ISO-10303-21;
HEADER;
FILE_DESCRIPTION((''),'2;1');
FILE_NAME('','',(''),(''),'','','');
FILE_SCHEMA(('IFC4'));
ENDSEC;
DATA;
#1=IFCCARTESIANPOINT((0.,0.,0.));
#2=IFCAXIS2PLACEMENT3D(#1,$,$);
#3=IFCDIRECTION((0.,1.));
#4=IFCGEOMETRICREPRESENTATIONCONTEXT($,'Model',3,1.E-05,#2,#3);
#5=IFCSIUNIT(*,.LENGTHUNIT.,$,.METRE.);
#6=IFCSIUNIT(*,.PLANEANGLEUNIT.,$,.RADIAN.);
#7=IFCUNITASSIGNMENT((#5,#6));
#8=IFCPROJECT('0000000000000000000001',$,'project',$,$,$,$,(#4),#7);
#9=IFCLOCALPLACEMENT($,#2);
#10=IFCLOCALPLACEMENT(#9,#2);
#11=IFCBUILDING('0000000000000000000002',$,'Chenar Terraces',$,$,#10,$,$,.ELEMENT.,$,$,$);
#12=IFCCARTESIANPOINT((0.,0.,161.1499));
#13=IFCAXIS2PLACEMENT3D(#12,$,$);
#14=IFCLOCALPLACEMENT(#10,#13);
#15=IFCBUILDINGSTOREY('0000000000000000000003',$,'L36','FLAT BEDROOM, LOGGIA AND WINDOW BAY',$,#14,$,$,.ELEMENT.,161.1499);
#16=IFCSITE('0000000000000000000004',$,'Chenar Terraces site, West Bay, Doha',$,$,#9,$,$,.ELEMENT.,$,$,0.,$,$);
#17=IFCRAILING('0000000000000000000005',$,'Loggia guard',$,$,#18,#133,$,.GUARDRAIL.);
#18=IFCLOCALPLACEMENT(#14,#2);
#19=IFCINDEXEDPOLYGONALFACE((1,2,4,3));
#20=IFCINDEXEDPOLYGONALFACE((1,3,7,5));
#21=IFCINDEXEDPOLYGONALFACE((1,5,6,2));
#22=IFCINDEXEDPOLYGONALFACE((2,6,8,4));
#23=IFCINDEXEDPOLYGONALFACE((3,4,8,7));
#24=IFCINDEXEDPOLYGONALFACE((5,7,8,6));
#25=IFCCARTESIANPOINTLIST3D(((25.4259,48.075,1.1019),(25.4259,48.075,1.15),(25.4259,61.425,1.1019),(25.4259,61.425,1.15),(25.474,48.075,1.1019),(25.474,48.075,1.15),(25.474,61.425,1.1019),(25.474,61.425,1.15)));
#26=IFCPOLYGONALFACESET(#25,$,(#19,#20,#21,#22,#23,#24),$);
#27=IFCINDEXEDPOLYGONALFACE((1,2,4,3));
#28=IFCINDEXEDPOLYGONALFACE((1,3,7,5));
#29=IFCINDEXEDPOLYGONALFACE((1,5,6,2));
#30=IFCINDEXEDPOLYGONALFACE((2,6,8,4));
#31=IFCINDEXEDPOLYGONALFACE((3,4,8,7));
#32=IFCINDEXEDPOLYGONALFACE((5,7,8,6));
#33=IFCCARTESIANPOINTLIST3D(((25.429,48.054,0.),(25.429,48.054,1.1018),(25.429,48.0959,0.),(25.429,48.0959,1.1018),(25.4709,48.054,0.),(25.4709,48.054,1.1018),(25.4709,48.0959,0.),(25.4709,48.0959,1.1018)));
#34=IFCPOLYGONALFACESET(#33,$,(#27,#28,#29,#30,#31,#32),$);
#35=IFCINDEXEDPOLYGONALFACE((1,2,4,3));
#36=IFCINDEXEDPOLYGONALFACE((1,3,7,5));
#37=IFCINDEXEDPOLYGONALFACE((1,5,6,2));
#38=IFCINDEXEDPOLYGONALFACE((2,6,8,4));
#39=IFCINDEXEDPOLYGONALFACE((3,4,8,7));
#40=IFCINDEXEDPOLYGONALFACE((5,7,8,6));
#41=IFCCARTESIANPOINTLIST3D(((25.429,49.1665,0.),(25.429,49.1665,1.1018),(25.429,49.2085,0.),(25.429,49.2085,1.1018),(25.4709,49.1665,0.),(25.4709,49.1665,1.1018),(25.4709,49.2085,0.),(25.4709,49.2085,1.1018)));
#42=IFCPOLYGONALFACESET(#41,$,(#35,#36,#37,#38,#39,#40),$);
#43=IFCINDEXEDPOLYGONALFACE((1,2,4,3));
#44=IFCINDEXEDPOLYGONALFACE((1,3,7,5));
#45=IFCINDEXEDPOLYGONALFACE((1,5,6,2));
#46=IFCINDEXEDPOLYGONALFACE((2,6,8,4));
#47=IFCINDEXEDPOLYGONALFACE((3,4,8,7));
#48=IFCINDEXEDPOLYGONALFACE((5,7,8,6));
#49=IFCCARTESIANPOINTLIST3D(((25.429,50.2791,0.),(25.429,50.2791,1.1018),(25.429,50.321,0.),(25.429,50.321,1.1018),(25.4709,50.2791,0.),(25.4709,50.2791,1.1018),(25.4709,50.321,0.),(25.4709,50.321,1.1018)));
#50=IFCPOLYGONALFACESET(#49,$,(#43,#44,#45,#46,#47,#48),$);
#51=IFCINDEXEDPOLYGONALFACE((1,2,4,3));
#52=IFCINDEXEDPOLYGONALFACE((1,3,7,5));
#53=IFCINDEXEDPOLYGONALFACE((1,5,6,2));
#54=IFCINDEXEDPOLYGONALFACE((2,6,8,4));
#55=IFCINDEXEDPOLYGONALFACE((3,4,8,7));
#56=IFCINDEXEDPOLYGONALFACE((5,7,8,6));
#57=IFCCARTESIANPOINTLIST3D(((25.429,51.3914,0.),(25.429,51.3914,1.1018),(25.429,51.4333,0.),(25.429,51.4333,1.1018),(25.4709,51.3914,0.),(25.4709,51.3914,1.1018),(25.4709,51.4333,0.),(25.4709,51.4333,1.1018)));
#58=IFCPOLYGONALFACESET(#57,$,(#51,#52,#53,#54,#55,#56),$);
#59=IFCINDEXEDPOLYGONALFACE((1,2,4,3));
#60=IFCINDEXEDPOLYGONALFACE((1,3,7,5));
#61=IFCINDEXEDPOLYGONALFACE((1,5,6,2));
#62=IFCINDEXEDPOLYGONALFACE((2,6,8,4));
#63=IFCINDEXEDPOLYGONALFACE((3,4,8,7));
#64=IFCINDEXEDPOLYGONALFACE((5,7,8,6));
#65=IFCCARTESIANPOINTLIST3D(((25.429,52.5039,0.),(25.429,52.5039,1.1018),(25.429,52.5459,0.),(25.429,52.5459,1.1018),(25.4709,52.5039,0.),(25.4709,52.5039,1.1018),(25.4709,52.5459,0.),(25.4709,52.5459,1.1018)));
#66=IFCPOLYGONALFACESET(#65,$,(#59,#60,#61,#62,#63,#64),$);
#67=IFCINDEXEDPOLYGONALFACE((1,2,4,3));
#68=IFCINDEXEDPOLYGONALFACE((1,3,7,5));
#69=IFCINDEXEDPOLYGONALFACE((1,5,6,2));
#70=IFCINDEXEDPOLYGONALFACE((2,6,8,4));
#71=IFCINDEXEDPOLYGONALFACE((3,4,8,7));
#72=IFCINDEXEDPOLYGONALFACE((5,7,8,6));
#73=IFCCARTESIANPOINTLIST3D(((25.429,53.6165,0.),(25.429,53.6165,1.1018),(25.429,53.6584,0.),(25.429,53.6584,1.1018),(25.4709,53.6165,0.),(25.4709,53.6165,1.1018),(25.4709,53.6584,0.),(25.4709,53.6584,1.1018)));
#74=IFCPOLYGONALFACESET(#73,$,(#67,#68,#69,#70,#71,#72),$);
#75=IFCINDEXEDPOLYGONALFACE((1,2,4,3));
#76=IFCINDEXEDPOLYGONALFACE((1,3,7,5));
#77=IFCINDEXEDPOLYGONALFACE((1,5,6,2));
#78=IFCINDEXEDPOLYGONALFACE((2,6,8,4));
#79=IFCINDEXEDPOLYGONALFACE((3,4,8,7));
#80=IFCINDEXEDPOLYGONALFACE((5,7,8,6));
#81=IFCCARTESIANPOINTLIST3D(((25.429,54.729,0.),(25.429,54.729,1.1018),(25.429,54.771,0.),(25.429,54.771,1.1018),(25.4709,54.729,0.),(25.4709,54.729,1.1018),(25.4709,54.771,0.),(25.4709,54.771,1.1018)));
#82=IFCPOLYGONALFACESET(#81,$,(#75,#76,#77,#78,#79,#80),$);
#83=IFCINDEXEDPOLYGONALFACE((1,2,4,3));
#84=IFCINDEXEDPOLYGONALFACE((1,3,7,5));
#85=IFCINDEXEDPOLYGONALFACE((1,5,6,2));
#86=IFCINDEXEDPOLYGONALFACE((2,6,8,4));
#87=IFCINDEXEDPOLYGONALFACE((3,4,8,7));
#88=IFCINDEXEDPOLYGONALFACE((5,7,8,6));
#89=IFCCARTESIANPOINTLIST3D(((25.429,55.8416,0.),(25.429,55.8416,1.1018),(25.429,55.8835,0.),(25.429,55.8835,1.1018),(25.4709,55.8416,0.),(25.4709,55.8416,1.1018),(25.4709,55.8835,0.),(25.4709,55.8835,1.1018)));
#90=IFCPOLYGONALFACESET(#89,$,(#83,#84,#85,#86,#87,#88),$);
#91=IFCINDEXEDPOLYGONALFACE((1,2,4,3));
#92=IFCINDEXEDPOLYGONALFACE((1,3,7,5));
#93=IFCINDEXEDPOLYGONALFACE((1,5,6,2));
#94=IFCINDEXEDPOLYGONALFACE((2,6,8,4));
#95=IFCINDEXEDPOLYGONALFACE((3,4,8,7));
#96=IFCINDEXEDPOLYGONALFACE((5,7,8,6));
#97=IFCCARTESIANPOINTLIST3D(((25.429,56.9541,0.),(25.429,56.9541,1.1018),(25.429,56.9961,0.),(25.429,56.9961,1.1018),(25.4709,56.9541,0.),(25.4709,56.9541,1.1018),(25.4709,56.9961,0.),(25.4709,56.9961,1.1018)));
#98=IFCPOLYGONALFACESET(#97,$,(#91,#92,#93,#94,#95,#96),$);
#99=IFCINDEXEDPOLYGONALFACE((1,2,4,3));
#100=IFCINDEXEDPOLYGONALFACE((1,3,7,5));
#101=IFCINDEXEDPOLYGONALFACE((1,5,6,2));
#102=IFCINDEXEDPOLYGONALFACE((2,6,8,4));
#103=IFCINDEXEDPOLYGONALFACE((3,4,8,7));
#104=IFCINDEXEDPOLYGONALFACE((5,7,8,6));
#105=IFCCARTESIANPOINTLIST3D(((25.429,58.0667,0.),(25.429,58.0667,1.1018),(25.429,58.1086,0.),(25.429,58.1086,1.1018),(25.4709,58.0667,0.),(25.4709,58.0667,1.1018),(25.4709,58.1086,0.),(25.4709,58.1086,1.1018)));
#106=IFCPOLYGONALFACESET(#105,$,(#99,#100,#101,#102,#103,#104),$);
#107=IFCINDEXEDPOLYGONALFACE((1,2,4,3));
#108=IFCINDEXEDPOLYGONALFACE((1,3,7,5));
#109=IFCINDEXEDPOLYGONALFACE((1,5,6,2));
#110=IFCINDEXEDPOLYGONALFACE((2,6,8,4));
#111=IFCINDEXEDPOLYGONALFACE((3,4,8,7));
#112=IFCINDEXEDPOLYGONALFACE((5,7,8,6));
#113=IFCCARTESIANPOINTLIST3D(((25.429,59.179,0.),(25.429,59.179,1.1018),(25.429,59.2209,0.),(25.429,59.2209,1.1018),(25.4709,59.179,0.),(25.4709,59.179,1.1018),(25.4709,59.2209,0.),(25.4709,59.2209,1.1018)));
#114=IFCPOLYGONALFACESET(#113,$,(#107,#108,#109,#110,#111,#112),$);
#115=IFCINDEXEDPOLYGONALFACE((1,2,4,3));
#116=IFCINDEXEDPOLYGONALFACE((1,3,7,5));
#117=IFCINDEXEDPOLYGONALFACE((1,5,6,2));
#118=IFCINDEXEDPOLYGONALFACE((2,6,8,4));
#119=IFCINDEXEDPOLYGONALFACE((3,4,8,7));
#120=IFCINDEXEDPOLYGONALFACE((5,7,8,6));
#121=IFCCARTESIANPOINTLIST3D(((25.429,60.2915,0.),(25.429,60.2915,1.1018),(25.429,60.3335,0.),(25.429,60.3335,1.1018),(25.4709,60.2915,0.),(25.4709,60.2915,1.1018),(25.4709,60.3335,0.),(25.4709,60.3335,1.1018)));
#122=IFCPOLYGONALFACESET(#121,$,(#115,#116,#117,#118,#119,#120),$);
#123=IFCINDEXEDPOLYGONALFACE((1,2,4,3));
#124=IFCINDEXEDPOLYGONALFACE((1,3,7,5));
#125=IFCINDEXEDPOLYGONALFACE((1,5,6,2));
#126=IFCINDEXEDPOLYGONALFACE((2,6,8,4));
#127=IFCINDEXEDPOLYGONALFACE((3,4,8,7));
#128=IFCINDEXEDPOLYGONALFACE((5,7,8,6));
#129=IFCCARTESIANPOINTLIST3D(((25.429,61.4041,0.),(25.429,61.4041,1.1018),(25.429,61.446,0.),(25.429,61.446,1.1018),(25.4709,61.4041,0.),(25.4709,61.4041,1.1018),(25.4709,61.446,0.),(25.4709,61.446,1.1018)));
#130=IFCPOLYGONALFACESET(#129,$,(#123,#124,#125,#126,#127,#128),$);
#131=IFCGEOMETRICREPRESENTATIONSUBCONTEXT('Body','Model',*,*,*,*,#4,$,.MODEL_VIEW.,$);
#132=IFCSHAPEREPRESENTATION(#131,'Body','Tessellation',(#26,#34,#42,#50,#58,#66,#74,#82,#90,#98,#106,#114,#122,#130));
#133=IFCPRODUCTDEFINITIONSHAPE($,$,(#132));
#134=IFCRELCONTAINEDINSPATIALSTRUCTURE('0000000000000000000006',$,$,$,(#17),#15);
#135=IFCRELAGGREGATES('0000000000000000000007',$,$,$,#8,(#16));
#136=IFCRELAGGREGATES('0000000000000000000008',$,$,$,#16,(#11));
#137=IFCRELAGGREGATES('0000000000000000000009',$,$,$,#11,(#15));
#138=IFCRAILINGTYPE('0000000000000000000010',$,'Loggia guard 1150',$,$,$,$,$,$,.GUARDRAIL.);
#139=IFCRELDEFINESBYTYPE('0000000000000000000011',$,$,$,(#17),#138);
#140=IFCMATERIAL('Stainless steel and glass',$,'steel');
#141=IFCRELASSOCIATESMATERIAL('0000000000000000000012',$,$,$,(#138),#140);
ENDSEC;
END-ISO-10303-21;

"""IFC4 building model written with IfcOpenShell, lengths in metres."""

from ifc_helpers import new_model, si_unit, direction, frame, origin, origin_2d, place, context, subcontext, project, spatial, rectangle, extrude, material, type_object, element, save


model = new_model("IFC4")

# Units and contexts
model_context = context("Model", 3, precision=1e-05, world=origin(), true_north=direction((0.0, 1.0)))
body_context = subcontext(model_context, "Body", "Model", "MODEL_VIEW")
ifc_project = project(units=[si_unit("LENGTHUNIT", "METRE"), si_unit("PLANEANGLEUNIT", "RADIAN")], contexts=[model_context])

# Site, building, storey
site_placement = place(None, origin())
site = spatial("IfcSite", under=ifc_project, at=site_placement, Name="Chenar Terraces site, West Bay, Doha", CompositionType="ELEMENT", RefElevation=0.0)
building_placement = place(site_placement, origin())
building = spatial("IfcBuilding", under=site, at=building_placement, Name="Chenar Terraces", CompositionType="ELEMENT")
storey_placement = place(building_placement, frame((0.0, 0.0, 161.1499)))
storey = spatial("IfcBuildingStorey", under=building, at=storey_placement, Name="L36", Description="FLAT BEDROOM, LOGGIA AND WINDOW BAY", CompositionType="ELEMENT", Elevation=161.1499)

# Railing
ifc_material_1 = material(Name="Stainless steel and glass", Category="steel")
railing_type_1 = type_object("IfcRailingType", Name="Loggia guard 1150", PredefinedType="GUARDRAIL", material=ifc_material_1)
railing_1_placement = place(storey_placement, frame((25.45, 48.075, 0.0)))
element("IfcRailing", 1, at=railing_1_placement, inside=storey, type_object=railing_type_1, Name="Loggia guard", PredefinedType="GUARDRAIL", context=body_context, shape_type="SweptSolid", body=[
    extrude(rectangle(XDim=0.0481, YDim=0.0481, at=origin_2d()), frame((0.0, 0.0, 1.126), z_axis=(0.0, 1.0, 0.0), x_axis=(-1.0, 0.0, 0.0)), (0.0, 0.0, 1.0), 13.3501),
    extrude(rectangle(XDim=0.042, YDim=0.042, at=origin_2d()), origin(), (0.0, 0.0, 1.0), 1.1018),
    extrude(rectangle(XDim=0.042, YDim=0.042, at=origin_2d()), frame((0.0, 1.1125, 0.0)), (0.0, 0.0, 1.0), 1.1018),
    extrude(rectangle(XDim=0.042, YDim=0.042, at=origin_2d()), frame((0.0, 2.2251, 0.0)), (0.0, 0.0, 1.0), 1.1018),
    extrude(rectangle(XDim=0.042, YDim=0.042, at=origin_2d()), frame((0.0, 3.3374, 0.0)), (0.0, 0.0, 1.0), 1.1018),
    extrude(rectangle(XDim=0.042, YDim=0.042, at=origin_2d()), frame((0.0, 4.45, 0.0)), (0.0, 0.0, 1.0), 1.1018),
    extrude(rectangle(XDim=0.042, YDim=0.042, at=origin_2d()), frame((0.0, 5.5625, 0.0)), (0.0, 0.0, 1.0), 1.1018),
    extrude(rectangle(XDim=0.042, YDim=0.042, at=origin_2d()), frame((0.0, 6.675, 0.0)), (0.0, 0.0, 1.0), 1.1018),
    extrude(rectangle(XDim=0.042, YDim=0.042, at=origin_2d()), frame((0.0, 7.7876, 0.0)), (0.0, 0.0, 1.0), 1.1018),
    extrude(rectangle(XDim=0.042, YDim=0.042, at=origin_2d()), frame((0.0, 8.9001, 0.0)), (0.0, 0.0, 1.0), 1.1018),
    extrude(rectangle(XDim=0.042, YDim=0.042, at=origin_2d()), frame((0.0, 10.0127, 0.0)), (0.0, 0.0, 1.0), 1.1018),
    extrude(rectangle(XDim=0.042, YDim=0.042, at=origin_2d()), frame((0.0, 11.125, 0.0)), (0.0, 0.0, 1.0), 1.1018),
    extrude(rectangle(XDim=0.042, YDim=0.042, at=origin_2d()), frame((0.0, 12.2375, 0.0)), (0.0, 0.0, 1.0), 1.1018),
    extrude(rectangle(XDim=0.042, YDim=0.042, at=origin_2d()), frame((0.0, 13.3501, 0.0)), (0.0, 0.0, 1.0), 1.1018),
])

save(model, "model.ifc")
